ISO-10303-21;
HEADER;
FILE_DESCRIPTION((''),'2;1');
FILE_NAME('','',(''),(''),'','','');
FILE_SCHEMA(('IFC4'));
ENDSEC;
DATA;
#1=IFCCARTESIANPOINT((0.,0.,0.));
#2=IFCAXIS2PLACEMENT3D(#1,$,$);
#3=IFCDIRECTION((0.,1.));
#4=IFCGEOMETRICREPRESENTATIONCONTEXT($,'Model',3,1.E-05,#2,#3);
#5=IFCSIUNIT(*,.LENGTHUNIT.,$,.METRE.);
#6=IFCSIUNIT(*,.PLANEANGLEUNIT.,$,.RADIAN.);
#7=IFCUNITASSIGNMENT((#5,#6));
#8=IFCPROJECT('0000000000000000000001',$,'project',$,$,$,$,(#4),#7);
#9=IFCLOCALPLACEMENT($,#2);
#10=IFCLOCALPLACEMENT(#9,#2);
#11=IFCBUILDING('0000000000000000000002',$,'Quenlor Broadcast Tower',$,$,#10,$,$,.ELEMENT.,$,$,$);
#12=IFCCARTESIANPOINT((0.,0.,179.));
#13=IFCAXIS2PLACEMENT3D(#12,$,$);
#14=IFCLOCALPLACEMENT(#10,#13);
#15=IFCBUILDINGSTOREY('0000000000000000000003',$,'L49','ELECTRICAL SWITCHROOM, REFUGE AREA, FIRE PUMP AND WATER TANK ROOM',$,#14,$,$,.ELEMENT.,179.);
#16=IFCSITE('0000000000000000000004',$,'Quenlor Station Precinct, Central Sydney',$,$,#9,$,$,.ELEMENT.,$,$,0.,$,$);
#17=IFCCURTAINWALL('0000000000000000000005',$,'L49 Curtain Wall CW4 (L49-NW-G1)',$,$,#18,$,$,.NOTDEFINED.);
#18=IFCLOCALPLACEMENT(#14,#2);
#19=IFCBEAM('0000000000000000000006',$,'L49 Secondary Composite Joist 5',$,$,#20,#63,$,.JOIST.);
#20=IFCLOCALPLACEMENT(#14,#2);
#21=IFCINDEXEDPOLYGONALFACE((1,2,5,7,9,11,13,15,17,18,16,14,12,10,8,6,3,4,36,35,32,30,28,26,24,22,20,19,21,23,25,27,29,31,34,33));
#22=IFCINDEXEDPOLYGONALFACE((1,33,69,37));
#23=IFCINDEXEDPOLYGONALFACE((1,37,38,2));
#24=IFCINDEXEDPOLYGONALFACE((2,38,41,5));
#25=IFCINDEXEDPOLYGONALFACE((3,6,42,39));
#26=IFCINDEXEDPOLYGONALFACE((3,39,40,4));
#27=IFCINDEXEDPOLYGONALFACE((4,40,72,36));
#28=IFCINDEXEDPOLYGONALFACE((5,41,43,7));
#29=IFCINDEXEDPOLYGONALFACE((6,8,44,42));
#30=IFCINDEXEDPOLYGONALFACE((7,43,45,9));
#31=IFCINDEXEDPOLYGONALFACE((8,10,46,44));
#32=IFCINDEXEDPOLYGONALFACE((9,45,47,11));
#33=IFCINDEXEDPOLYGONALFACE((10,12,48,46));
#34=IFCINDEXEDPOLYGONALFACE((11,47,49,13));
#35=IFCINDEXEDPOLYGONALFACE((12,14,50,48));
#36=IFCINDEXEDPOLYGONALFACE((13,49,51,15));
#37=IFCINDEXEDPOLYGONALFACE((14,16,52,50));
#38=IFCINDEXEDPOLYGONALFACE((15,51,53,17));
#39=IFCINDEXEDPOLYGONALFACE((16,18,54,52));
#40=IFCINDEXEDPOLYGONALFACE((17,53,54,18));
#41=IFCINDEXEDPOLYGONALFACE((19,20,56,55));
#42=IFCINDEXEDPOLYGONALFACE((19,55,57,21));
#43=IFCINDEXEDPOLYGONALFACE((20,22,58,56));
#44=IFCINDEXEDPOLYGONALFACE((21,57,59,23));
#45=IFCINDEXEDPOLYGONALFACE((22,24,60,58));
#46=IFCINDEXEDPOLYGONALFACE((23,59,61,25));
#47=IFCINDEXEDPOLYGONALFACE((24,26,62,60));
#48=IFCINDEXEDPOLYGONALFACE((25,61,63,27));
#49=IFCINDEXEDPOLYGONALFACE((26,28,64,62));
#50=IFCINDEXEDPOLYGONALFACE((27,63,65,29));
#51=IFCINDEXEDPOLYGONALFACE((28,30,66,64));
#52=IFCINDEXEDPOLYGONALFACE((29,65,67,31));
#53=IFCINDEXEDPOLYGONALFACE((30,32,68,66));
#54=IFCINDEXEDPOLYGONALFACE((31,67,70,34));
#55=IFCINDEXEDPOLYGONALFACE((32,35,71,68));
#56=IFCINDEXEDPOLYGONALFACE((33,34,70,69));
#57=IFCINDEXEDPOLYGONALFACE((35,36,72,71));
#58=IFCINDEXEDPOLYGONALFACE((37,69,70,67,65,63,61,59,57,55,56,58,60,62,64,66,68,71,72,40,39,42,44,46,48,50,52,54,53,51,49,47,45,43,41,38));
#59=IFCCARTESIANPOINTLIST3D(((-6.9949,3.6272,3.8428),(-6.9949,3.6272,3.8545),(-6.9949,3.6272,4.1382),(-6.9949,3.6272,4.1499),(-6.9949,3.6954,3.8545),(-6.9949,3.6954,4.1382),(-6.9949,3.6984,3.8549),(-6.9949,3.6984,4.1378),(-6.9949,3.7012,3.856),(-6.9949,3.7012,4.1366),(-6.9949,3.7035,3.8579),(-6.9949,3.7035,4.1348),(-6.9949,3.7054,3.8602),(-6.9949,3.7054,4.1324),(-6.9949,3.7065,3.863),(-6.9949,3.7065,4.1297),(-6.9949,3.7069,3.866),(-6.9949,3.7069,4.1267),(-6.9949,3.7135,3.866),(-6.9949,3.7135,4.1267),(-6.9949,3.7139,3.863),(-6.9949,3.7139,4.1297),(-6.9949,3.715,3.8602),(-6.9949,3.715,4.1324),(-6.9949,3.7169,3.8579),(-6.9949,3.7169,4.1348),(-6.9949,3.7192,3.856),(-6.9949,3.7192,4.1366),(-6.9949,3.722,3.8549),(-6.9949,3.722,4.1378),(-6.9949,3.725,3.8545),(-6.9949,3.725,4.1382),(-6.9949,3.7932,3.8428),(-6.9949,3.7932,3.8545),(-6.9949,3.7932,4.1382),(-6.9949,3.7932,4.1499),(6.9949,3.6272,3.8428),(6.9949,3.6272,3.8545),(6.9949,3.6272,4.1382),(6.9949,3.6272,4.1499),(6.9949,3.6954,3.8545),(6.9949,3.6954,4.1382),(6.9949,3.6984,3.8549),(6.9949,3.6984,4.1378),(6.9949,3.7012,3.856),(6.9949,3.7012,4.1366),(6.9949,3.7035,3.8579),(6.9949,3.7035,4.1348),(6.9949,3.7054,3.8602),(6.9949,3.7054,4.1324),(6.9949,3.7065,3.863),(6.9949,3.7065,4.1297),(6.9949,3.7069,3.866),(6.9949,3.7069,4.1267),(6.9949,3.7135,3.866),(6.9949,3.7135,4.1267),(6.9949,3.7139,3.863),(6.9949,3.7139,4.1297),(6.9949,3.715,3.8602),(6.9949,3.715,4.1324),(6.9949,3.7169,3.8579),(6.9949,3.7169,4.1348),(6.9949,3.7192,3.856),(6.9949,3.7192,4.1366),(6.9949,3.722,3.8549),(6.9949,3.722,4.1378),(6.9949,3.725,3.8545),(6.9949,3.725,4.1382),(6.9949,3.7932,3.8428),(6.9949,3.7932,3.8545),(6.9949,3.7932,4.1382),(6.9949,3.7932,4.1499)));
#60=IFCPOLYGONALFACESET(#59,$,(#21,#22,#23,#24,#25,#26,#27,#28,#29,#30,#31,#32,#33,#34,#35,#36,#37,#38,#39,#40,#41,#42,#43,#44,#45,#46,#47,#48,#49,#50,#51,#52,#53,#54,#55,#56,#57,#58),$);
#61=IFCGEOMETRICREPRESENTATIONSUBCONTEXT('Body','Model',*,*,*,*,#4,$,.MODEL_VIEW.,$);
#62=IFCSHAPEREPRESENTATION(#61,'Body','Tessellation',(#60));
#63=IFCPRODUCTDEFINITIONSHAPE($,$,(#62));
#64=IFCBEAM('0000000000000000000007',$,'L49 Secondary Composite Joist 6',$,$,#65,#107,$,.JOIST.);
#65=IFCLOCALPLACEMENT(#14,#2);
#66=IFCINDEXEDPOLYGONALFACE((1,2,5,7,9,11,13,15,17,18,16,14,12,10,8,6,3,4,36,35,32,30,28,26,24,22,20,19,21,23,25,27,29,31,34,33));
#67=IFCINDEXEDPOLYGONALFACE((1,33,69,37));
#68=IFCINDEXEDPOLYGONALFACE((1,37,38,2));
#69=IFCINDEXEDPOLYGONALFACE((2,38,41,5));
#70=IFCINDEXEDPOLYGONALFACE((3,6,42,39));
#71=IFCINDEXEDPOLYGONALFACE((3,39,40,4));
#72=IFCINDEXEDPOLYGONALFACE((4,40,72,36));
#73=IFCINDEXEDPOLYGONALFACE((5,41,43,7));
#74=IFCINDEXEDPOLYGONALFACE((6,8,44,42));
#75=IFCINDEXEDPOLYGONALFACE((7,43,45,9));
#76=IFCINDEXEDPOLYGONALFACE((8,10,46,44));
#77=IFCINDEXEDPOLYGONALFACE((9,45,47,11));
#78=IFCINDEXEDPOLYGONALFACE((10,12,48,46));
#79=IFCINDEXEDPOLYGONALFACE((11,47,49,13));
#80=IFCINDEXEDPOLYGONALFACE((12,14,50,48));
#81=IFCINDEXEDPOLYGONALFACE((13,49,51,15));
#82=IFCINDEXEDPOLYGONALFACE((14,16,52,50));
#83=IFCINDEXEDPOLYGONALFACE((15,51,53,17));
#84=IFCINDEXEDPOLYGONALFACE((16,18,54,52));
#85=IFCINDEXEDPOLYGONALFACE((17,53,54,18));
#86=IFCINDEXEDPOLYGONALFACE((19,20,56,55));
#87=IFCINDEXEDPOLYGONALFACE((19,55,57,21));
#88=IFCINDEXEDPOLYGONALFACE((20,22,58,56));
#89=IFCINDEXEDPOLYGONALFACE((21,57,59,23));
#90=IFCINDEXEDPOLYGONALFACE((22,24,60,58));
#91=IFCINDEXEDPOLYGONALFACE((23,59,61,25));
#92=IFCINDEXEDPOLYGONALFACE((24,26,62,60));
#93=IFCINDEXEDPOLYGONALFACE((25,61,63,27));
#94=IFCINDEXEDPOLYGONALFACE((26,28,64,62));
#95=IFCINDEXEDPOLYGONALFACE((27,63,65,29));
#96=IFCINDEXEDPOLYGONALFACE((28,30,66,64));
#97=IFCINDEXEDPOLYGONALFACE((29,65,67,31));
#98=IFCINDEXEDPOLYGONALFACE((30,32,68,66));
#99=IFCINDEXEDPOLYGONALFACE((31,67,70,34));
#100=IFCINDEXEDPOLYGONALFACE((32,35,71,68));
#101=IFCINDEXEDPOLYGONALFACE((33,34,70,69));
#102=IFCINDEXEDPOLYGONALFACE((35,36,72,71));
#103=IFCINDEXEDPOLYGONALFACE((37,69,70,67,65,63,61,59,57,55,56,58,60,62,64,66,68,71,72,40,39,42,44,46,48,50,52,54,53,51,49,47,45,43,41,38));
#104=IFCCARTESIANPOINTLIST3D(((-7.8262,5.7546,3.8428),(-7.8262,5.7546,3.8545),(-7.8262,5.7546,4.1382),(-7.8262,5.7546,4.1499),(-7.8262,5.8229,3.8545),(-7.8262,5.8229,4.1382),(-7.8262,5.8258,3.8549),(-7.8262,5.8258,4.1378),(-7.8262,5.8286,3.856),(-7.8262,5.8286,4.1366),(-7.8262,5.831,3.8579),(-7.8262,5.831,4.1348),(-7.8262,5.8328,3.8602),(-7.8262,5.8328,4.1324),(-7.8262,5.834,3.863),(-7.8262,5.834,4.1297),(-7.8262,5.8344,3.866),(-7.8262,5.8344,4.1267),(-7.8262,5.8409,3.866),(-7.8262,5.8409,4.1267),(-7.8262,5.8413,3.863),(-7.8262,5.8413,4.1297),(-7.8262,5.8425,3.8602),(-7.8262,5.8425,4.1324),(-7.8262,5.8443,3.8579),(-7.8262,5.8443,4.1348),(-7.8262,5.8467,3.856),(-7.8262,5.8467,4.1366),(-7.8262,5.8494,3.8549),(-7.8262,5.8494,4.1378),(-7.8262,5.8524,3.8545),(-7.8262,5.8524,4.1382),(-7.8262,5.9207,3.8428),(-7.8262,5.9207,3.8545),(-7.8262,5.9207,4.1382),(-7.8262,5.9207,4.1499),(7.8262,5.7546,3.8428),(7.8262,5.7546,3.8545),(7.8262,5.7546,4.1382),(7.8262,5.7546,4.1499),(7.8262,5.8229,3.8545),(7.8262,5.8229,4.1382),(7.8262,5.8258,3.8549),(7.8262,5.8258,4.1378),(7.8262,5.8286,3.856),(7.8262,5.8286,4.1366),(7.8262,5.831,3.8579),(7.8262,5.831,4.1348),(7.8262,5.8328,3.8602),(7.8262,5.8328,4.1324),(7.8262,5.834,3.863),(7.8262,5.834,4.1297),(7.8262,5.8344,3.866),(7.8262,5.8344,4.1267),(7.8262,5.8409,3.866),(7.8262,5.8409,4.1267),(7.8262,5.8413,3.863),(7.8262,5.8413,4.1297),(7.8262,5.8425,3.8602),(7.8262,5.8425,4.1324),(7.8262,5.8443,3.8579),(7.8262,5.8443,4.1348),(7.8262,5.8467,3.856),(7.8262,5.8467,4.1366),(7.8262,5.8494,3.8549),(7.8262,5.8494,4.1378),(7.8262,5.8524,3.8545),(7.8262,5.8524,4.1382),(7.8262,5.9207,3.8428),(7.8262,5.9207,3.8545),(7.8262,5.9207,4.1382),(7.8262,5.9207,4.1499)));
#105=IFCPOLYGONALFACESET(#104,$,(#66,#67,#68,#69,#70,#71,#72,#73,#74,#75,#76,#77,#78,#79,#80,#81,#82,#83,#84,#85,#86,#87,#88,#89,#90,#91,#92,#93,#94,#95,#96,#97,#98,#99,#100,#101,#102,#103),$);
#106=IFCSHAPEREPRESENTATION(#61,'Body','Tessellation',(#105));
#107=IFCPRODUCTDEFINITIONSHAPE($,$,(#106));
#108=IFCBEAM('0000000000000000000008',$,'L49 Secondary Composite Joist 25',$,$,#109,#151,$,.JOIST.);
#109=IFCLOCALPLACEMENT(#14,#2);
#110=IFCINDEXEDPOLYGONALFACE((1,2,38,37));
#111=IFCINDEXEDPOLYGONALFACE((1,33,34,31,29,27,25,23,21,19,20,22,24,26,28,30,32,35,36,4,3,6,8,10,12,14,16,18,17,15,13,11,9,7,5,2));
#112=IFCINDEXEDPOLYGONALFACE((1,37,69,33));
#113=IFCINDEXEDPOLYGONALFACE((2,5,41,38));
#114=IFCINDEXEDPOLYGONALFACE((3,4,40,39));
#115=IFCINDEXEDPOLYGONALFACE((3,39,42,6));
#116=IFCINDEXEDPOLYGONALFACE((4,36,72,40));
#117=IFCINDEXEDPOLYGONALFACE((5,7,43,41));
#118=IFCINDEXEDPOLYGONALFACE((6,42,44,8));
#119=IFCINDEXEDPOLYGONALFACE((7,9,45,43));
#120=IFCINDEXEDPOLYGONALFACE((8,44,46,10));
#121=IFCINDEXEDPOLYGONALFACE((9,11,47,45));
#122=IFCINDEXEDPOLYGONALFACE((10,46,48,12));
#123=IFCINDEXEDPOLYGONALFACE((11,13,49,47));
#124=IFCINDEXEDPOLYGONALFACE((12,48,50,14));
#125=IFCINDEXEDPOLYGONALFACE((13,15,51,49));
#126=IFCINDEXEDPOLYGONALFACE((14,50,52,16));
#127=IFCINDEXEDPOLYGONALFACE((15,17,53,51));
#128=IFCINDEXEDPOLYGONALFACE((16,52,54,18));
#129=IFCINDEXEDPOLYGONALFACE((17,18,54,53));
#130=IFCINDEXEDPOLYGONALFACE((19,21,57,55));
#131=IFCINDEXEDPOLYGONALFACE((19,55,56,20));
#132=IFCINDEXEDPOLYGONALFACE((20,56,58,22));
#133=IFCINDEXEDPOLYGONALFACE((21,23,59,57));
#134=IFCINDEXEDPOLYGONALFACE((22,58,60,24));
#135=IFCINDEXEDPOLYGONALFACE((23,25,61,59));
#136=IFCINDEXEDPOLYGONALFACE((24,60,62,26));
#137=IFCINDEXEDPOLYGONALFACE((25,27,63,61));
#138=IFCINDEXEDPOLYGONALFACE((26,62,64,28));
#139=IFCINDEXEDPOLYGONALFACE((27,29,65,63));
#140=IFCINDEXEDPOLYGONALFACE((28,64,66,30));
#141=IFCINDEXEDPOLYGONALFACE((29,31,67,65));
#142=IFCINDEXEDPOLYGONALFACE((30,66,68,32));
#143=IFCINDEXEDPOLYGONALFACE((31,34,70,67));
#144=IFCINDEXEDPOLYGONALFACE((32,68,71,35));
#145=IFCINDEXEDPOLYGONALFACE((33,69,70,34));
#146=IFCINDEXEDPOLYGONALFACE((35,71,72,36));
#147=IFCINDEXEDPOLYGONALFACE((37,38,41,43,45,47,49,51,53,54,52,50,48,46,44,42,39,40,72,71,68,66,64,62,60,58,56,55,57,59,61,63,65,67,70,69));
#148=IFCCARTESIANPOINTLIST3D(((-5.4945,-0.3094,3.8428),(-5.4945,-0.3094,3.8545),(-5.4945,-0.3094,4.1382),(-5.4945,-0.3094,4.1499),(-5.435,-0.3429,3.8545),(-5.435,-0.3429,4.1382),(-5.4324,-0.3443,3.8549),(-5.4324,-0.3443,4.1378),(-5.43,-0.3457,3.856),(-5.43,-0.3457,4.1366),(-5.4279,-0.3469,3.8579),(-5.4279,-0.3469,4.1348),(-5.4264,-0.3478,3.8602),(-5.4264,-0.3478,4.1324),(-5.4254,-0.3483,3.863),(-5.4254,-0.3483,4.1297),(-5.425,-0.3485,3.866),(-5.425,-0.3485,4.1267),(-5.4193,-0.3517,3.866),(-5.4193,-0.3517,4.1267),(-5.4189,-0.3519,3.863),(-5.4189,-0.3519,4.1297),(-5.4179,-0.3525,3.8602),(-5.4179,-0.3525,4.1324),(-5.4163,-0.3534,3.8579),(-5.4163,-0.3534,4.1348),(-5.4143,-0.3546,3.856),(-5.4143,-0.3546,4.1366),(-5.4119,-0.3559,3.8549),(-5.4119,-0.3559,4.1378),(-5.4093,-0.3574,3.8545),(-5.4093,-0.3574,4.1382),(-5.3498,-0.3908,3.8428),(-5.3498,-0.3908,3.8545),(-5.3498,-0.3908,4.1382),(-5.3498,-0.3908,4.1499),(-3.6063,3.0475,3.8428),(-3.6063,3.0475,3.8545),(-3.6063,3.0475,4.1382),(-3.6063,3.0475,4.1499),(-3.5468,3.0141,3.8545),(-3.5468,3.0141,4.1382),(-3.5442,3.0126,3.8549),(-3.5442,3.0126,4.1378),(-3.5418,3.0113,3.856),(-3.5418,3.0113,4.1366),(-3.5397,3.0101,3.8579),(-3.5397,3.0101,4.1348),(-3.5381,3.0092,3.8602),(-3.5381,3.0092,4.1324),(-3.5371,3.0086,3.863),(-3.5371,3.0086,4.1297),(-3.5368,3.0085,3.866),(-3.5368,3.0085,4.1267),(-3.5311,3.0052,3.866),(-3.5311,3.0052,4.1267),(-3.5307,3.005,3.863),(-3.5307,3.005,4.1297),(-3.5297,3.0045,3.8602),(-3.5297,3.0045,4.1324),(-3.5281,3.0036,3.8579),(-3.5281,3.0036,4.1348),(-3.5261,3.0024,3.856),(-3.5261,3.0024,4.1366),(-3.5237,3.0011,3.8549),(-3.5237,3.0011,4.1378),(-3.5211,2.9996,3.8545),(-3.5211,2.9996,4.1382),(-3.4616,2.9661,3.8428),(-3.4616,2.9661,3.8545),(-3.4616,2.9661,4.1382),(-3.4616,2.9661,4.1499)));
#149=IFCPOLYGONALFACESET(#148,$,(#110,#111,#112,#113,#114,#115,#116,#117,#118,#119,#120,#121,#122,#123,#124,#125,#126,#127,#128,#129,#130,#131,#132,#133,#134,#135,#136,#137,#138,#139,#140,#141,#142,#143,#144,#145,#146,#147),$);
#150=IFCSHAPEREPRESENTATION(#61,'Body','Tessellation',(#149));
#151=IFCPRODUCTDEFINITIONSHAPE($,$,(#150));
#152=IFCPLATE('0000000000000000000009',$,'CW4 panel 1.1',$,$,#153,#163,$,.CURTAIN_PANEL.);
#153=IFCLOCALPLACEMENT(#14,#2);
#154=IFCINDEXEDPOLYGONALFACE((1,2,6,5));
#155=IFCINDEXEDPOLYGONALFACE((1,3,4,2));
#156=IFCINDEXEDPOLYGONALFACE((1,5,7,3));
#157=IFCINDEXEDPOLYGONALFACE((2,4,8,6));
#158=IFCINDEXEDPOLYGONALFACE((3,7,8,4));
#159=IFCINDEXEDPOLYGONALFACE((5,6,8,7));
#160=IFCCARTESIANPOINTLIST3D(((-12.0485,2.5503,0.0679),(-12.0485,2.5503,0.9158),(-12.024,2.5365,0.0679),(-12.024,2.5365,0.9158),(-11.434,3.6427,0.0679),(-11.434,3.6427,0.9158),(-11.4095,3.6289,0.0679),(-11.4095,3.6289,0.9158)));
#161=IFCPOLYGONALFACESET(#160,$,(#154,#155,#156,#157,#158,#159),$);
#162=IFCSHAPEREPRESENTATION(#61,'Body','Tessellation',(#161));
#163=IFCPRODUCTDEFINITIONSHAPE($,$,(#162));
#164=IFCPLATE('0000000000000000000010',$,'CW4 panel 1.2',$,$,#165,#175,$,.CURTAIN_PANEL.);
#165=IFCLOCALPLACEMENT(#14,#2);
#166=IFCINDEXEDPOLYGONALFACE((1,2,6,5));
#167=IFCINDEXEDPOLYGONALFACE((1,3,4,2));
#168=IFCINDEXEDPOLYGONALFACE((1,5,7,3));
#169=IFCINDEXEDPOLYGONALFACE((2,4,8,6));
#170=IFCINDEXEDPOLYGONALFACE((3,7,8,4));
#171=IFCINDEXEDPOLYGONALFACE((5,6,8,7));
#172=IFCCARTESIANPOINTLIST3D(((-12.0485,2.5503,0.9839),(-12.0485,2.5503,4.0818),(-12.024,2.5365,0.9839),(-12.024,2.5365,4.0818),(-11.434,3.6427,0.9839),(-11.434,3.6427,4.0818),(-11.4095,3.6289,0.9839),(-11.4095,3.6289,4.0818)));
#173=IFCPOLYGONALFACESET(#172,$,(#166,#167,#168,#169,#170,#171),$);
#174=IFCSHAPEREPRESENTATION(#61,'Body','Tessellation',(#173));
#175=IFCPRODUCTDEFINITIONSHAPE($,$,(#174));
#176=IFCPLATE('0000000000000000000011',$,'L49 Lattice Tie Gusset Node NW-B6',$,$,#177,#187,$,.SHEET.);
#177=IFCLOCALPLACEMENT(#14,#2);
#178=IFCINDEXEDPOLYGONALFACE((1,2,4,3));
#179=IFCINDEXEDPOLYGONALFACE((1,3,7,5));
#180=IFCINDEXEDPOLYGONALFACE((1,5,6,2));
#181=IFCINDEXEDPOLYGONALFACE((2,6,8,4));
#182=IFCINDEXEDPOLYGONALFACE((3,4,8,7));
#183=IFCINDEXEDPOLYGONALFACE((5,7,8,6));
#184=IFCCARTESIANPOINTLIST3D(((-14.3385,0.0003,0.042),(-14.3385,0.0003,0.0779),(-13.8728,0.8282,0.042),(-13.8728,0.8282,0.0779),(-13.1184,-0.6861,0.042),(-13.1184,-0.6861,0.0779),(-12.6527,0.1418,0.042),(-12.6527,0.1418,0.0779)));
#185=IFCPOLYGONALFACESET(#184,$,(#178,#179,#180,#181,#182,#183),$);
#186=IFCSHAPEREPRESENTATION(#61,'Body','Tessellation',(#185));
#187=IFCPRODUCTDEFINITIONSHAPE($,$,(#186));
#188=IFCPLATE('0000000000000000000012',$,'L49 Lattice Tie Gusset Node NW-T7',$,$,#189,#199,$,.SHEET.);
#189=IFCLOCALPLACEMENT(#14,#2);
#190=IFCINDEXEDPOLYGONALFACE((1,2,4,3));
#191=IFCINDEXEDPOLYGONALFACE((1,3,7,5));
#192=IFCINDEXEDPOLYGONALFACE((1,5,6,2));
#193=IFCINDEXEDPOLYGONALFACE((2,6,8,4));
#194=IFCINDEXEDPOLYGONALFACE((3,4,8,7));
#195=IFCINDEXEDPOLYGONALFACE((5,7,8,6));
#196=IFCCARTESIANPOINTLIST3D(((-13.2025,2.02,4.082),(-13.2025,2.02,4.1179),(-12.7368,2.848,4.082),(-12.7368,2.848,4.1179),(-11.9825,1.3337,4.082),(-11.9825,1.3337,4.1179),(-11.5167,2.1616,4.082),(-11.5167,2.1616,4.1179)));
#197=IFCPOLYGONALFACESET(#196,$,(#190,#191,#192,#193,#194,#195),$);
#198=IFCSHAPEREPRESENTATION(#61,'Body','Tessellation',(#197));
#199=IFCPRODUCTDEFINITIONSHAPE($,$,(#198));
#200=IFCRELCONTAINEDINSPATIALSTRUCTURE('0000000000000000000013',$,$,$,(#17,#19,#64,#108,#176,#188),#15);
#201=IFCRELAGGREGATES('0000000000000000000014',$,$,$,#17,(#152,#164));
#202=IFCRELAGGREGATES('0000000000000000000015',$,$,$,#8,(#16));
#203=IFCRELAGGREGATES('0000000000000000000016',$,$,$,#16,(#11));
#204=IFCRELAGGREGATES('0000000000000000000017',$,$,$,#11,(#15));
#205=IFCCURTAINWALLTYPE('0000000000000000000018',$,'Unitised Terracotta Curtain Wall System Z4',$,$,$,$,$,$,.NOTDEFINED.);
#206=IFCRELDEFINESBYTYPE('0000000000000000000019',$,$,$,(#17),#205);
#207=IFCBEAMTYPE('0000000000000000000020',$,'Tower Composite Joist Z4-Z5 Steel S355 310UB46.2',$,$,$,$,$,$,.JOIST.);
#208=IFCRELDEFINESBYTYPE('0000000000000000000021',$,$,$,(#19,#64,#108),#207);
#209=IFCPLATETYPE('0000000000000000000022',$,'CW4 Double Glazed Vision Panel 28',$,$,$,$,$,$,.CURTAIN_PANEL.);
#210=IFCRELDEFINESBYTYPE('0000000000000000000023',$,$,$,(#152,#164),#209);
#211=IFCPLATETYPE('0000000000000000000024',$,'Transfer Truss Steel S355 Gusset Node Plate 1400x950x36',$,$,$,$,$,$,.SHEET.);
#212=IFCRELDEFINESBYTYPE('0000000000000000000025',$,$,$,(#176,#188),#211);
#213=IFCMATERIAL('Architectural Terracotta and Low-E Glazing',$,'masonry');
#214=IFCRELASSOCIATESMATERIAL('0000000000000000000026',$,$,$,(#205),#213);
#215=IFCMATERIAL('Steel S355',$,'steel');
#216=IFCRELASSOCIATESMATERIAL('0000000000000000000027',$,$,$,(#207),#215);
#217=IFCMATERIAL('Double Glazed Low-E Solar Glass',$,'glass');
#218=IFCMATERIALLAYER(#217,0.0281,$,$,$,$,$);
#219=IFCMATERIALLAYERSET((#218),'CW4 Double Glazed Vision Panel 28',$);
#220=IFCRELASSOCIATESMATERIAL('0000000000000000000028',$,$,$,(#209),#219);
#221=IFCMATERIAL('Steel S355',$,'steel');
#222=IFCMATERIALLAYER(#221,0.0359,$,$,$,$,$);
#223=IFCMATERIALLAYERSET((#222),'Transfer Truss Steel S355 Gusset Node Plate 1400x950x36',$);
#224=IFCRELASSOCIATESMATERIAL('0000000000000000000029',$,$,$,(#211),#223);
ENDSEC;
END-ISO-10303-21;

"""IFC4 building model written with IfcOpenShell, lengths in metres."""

from ifc_helpers import new_model, si_unit, direction, frame, origin, origin_2d, place, context, subcontext, project, spatial, rectangle, i_section, extrude, material, layer, layer_set, material_profile, profile_set, type_object, element, aggregate, save


model = new_model("IFC4")

# Units and contexts
model_context = context("Model", 3, precision=1e-05, world=origin(), true_north=direction((0.0, 1.0)))
body_context = subcontext(model_context, "Body", "Model", "MODEL_VIEW")
ifc_project = project(units=[si_unit("LENGTHUNIT", "METRE"), si_unit("PLANEANGLEUNIT", "RADIAN")], contexts=[model_context])

# Site, building, storey
site_placement = place(None, origin())
site = spatial("IfcSite", under=ifc_project, at=site_placement, Name="Quenlor Station Precinct, Central Sydney", CompositionType="ELEMENT", RefElevation=0.0)
building_placement = place(site_placement, origin())
building = spatial("IfcBuilding", under=site, at=building_placement, Name="Quenlor Broadcast Tower", CompositionType="ELEMENT")
storey_placement = place(building_placement, frame((0.0, 0.0, 179.0)))
storey = spatial("IfcBuildingStorey", under=building, at=storey_placement, Name="L49", Description="ELECTRICAL SWITCHROOM, REFUGE AREA, FIRE PUMP AND WATER TANK ROOM", CompositionType="ELEMENT", Elevation=179.0)

# Curtain wall
ifc_material_1 = material(Name="Architectural Terracotta and Low-E Glazing", Category="masonry")
curtain_wall_type = type_object("IfcCurtainWallType", Name="Unitised Terracotta Curtain Wall System Z4", PredefinedType="NOTDEFINED", material=ifc_material_1)
curtain_wall_placement = place(storey_placement, origin())
curtain_wall = element("IfcCurtainWall", 1, at=curtain_wall_placement, inside=storey, type_object=curtain_wall_type, Name="L49 Curtain Wall CW4 (L49-NW-G1)", PredefinedType="NOTDEFINED")

# Beams
ifc_material_2 = material(Name="Steel S355", Category="steel")
ifc_material_profile_1 = material_profile(ifc_material_2, i_section(OverallWidth=0.166, OverallDepth=0.3071, WebThickness=0.0066, FlangeThickness=0.0117, FilletRadius=0.0115, at=origin_2d()))
ifc_profile_set_1 = profile_set([ifc_material_profile_1], Name="Steel S355 310UB46.2")
beam_type_1 = type_object("IfcBeamType", Name="Tower Composite Joist Z4-Z5 Steel S355 310UB46.2", PredefinedType="JOIST", material=ifc_profile_set_1)
beam_1_placement = place(storey_placement, frame((-6.9949, 3.7102, 3.9963), z_axis=(1.0, 0.0, 0.0), x_axis=(0.0, 1.0, 0.0)))
element("IfcBeam", 2, at=beam_1_placement, inside=storey, type_object=beam_type_1, Name="L49 Secondary Composite Joist 5", PredefinedType="JOIST", context=body_context, shape_type="SweptSolid", body=[
    extrude(i_section(OverallWidth=0.166, OverallDepth=0.3071, WebThickness=0.0066, FlangeThickness=0.0117, FilletRadius=0.0115, at=origin_2d()), origin(), (0.0, 0.0, 1.0), 13.9897),
])
beam_2_placement = place(storey_placement, frame((-7.8262, 5.8376, 3.9963), z_axis=(1.0, 0.0, 0.0), x_axis=(0.0, 1.0, 0.0)))
element("IfcBeam", 3, at=beam_2_placement, inside=storey, type_object=beam_type_1, Name="L49 Secondary Composite Joist 6", PredefinedType="JOIST", context=body_context, shape_type="SweptSolid", body=[
    extrude(i_section(OverallWidth=0.166, OverallDepth=0.3071, WebThickness=0.0066, FlangeThickness=0.0117, FilletRadius=0.0115, at=origin_2d()), origin(), (0.0, 0.0, 1.0), 15.6523),
])
beam_3_placement = place(storey_placement, frame((-3.5339, 3.0068, 3.9963), z_axis=(-0.490243, -0.871586, 0.0), x_axis=(0.871586, -0.490243, 0.0)))
element("IfcBeam", 4, at=beam_3_placement, inside=storey, type_object=beam_type_1, Name="L49 Secondary Composite Joist 25", PredefinedType="JOIST", context=body_context, shape_type="SweptSolid", body=[
    extrude(i_section(OverallWidth=0.166, OverallDepth=0.3071, WebThickness=0.0066, FlangeThickness=0.0117, FilletRadius=0.0115, at=origin_2d()), origin(), (0.0, 0.0, 1.0), 3.8516),
])

# Plates
ifc_material_3 = material(Name="Double Glazed Low-E Solar Glass", Category="glass")
ifc_layer_1 = layer(ifc_material_3, 0.0281)
ifc_layer_set_1 = layer_set([ifc_layer_1], Name="CW4 Double Glazed Vision Panel 28")
plate_type_1 = type_object("IfcPlateType", Name="CW4 Double Glazed Vision Panel 28", PredefinedType="CURTAIN_PANEL", material=ifc_layer_set_1)
plate_1_placement = place(storey_placement, frame((-11.729, 3.0896, 0.0679), z_axis=(0.0, 0.0, 1.0), x_axis=(0.490268, 0.871572, 0.0)))
plate_1 = element("IfcPlate", 5, at=plate_1_placement, type_object=plate_type_1, Name="CW4 panel 1.1", PredefinedType="CURTAIN_PANEL", context=body_context, shape_type="SweptSolid", body=[
    extrude(rectangle(XDim=1.2534, YDim=0.0281, at=origin_2d()), origin(), (0.0, 0.0, 1.0), 0.8479),
])
plate_2_placement = place(storey_placement, frame((-11.729, 3.0896, 0.9839), z_axis=(0.0, 0.0, 1.0), x_axis=(0.490268, 0.871572, 0.0)))
plate_2 = element("IfcPlate", 6, at=plate_2_placement, type_object=plate_type_1, Name="CW4 panel 1.2", PredefinedType="CURTAIN_PANEL", context=body_context, shape_type="SweptSolid", body=[
    extrude(rectangle(XDim=1.2534, YDim=0.0281, at=origin_2d()), origin(), (0.0, 0.0, 1.0), 3.0979),
])
aggregate(curtain_wall, [plate_1, plate_2])

# Plates
ifc_material_4 = material(Name="Steel S355", Category="steel")
ifc_layer_2 = layer(ifc_material_4, 0.0359)
ifc_layer_set_2 = layer_set([ifc_layer_2], Name="Transfer Truss Steel S355 Gusset Node Plate 1400x950x36")
plate_type_2 = type_object("IfcPlateType", Name="Transfer Truss Steel S355 Gusset Node Plate 1400x950x36", PredefinedType="SHEET", material=ifc_layer_set_2)
for number, where, z_axis, x_axis, name in (
    (7, (-13.4956, 0.071, 0.042), (0.0, 0.0, 1.0), (-0.871556, 0.490295, 0.0), "L49 Lattice Tie Gusset Node NW-B6"),
    (8, (-12.3596, 2.0908, 4.082), (0.0, 0.0, 1.0), (-0.871556, 0.490295, 0.0), "L49 Lattice Tie Gusset Node NW-T7"),
):
    element("IfcPlate", number, at=place(storey_placement, frame(where, z_axis=z_axis, x_axis=x_axis)), inside=storey, type_object=plate_type_2, Name=name, PredefinedType="SHEET", context=body_context, shape_type="SweptSolid", body=[
        extrude(rectangle(XDim=1.3999, YDim=0.95, at=origin_2d()), origin(), (0.0, 0.0, 1.0), 0.0359),
    ])

save(model, "model.ifc")
